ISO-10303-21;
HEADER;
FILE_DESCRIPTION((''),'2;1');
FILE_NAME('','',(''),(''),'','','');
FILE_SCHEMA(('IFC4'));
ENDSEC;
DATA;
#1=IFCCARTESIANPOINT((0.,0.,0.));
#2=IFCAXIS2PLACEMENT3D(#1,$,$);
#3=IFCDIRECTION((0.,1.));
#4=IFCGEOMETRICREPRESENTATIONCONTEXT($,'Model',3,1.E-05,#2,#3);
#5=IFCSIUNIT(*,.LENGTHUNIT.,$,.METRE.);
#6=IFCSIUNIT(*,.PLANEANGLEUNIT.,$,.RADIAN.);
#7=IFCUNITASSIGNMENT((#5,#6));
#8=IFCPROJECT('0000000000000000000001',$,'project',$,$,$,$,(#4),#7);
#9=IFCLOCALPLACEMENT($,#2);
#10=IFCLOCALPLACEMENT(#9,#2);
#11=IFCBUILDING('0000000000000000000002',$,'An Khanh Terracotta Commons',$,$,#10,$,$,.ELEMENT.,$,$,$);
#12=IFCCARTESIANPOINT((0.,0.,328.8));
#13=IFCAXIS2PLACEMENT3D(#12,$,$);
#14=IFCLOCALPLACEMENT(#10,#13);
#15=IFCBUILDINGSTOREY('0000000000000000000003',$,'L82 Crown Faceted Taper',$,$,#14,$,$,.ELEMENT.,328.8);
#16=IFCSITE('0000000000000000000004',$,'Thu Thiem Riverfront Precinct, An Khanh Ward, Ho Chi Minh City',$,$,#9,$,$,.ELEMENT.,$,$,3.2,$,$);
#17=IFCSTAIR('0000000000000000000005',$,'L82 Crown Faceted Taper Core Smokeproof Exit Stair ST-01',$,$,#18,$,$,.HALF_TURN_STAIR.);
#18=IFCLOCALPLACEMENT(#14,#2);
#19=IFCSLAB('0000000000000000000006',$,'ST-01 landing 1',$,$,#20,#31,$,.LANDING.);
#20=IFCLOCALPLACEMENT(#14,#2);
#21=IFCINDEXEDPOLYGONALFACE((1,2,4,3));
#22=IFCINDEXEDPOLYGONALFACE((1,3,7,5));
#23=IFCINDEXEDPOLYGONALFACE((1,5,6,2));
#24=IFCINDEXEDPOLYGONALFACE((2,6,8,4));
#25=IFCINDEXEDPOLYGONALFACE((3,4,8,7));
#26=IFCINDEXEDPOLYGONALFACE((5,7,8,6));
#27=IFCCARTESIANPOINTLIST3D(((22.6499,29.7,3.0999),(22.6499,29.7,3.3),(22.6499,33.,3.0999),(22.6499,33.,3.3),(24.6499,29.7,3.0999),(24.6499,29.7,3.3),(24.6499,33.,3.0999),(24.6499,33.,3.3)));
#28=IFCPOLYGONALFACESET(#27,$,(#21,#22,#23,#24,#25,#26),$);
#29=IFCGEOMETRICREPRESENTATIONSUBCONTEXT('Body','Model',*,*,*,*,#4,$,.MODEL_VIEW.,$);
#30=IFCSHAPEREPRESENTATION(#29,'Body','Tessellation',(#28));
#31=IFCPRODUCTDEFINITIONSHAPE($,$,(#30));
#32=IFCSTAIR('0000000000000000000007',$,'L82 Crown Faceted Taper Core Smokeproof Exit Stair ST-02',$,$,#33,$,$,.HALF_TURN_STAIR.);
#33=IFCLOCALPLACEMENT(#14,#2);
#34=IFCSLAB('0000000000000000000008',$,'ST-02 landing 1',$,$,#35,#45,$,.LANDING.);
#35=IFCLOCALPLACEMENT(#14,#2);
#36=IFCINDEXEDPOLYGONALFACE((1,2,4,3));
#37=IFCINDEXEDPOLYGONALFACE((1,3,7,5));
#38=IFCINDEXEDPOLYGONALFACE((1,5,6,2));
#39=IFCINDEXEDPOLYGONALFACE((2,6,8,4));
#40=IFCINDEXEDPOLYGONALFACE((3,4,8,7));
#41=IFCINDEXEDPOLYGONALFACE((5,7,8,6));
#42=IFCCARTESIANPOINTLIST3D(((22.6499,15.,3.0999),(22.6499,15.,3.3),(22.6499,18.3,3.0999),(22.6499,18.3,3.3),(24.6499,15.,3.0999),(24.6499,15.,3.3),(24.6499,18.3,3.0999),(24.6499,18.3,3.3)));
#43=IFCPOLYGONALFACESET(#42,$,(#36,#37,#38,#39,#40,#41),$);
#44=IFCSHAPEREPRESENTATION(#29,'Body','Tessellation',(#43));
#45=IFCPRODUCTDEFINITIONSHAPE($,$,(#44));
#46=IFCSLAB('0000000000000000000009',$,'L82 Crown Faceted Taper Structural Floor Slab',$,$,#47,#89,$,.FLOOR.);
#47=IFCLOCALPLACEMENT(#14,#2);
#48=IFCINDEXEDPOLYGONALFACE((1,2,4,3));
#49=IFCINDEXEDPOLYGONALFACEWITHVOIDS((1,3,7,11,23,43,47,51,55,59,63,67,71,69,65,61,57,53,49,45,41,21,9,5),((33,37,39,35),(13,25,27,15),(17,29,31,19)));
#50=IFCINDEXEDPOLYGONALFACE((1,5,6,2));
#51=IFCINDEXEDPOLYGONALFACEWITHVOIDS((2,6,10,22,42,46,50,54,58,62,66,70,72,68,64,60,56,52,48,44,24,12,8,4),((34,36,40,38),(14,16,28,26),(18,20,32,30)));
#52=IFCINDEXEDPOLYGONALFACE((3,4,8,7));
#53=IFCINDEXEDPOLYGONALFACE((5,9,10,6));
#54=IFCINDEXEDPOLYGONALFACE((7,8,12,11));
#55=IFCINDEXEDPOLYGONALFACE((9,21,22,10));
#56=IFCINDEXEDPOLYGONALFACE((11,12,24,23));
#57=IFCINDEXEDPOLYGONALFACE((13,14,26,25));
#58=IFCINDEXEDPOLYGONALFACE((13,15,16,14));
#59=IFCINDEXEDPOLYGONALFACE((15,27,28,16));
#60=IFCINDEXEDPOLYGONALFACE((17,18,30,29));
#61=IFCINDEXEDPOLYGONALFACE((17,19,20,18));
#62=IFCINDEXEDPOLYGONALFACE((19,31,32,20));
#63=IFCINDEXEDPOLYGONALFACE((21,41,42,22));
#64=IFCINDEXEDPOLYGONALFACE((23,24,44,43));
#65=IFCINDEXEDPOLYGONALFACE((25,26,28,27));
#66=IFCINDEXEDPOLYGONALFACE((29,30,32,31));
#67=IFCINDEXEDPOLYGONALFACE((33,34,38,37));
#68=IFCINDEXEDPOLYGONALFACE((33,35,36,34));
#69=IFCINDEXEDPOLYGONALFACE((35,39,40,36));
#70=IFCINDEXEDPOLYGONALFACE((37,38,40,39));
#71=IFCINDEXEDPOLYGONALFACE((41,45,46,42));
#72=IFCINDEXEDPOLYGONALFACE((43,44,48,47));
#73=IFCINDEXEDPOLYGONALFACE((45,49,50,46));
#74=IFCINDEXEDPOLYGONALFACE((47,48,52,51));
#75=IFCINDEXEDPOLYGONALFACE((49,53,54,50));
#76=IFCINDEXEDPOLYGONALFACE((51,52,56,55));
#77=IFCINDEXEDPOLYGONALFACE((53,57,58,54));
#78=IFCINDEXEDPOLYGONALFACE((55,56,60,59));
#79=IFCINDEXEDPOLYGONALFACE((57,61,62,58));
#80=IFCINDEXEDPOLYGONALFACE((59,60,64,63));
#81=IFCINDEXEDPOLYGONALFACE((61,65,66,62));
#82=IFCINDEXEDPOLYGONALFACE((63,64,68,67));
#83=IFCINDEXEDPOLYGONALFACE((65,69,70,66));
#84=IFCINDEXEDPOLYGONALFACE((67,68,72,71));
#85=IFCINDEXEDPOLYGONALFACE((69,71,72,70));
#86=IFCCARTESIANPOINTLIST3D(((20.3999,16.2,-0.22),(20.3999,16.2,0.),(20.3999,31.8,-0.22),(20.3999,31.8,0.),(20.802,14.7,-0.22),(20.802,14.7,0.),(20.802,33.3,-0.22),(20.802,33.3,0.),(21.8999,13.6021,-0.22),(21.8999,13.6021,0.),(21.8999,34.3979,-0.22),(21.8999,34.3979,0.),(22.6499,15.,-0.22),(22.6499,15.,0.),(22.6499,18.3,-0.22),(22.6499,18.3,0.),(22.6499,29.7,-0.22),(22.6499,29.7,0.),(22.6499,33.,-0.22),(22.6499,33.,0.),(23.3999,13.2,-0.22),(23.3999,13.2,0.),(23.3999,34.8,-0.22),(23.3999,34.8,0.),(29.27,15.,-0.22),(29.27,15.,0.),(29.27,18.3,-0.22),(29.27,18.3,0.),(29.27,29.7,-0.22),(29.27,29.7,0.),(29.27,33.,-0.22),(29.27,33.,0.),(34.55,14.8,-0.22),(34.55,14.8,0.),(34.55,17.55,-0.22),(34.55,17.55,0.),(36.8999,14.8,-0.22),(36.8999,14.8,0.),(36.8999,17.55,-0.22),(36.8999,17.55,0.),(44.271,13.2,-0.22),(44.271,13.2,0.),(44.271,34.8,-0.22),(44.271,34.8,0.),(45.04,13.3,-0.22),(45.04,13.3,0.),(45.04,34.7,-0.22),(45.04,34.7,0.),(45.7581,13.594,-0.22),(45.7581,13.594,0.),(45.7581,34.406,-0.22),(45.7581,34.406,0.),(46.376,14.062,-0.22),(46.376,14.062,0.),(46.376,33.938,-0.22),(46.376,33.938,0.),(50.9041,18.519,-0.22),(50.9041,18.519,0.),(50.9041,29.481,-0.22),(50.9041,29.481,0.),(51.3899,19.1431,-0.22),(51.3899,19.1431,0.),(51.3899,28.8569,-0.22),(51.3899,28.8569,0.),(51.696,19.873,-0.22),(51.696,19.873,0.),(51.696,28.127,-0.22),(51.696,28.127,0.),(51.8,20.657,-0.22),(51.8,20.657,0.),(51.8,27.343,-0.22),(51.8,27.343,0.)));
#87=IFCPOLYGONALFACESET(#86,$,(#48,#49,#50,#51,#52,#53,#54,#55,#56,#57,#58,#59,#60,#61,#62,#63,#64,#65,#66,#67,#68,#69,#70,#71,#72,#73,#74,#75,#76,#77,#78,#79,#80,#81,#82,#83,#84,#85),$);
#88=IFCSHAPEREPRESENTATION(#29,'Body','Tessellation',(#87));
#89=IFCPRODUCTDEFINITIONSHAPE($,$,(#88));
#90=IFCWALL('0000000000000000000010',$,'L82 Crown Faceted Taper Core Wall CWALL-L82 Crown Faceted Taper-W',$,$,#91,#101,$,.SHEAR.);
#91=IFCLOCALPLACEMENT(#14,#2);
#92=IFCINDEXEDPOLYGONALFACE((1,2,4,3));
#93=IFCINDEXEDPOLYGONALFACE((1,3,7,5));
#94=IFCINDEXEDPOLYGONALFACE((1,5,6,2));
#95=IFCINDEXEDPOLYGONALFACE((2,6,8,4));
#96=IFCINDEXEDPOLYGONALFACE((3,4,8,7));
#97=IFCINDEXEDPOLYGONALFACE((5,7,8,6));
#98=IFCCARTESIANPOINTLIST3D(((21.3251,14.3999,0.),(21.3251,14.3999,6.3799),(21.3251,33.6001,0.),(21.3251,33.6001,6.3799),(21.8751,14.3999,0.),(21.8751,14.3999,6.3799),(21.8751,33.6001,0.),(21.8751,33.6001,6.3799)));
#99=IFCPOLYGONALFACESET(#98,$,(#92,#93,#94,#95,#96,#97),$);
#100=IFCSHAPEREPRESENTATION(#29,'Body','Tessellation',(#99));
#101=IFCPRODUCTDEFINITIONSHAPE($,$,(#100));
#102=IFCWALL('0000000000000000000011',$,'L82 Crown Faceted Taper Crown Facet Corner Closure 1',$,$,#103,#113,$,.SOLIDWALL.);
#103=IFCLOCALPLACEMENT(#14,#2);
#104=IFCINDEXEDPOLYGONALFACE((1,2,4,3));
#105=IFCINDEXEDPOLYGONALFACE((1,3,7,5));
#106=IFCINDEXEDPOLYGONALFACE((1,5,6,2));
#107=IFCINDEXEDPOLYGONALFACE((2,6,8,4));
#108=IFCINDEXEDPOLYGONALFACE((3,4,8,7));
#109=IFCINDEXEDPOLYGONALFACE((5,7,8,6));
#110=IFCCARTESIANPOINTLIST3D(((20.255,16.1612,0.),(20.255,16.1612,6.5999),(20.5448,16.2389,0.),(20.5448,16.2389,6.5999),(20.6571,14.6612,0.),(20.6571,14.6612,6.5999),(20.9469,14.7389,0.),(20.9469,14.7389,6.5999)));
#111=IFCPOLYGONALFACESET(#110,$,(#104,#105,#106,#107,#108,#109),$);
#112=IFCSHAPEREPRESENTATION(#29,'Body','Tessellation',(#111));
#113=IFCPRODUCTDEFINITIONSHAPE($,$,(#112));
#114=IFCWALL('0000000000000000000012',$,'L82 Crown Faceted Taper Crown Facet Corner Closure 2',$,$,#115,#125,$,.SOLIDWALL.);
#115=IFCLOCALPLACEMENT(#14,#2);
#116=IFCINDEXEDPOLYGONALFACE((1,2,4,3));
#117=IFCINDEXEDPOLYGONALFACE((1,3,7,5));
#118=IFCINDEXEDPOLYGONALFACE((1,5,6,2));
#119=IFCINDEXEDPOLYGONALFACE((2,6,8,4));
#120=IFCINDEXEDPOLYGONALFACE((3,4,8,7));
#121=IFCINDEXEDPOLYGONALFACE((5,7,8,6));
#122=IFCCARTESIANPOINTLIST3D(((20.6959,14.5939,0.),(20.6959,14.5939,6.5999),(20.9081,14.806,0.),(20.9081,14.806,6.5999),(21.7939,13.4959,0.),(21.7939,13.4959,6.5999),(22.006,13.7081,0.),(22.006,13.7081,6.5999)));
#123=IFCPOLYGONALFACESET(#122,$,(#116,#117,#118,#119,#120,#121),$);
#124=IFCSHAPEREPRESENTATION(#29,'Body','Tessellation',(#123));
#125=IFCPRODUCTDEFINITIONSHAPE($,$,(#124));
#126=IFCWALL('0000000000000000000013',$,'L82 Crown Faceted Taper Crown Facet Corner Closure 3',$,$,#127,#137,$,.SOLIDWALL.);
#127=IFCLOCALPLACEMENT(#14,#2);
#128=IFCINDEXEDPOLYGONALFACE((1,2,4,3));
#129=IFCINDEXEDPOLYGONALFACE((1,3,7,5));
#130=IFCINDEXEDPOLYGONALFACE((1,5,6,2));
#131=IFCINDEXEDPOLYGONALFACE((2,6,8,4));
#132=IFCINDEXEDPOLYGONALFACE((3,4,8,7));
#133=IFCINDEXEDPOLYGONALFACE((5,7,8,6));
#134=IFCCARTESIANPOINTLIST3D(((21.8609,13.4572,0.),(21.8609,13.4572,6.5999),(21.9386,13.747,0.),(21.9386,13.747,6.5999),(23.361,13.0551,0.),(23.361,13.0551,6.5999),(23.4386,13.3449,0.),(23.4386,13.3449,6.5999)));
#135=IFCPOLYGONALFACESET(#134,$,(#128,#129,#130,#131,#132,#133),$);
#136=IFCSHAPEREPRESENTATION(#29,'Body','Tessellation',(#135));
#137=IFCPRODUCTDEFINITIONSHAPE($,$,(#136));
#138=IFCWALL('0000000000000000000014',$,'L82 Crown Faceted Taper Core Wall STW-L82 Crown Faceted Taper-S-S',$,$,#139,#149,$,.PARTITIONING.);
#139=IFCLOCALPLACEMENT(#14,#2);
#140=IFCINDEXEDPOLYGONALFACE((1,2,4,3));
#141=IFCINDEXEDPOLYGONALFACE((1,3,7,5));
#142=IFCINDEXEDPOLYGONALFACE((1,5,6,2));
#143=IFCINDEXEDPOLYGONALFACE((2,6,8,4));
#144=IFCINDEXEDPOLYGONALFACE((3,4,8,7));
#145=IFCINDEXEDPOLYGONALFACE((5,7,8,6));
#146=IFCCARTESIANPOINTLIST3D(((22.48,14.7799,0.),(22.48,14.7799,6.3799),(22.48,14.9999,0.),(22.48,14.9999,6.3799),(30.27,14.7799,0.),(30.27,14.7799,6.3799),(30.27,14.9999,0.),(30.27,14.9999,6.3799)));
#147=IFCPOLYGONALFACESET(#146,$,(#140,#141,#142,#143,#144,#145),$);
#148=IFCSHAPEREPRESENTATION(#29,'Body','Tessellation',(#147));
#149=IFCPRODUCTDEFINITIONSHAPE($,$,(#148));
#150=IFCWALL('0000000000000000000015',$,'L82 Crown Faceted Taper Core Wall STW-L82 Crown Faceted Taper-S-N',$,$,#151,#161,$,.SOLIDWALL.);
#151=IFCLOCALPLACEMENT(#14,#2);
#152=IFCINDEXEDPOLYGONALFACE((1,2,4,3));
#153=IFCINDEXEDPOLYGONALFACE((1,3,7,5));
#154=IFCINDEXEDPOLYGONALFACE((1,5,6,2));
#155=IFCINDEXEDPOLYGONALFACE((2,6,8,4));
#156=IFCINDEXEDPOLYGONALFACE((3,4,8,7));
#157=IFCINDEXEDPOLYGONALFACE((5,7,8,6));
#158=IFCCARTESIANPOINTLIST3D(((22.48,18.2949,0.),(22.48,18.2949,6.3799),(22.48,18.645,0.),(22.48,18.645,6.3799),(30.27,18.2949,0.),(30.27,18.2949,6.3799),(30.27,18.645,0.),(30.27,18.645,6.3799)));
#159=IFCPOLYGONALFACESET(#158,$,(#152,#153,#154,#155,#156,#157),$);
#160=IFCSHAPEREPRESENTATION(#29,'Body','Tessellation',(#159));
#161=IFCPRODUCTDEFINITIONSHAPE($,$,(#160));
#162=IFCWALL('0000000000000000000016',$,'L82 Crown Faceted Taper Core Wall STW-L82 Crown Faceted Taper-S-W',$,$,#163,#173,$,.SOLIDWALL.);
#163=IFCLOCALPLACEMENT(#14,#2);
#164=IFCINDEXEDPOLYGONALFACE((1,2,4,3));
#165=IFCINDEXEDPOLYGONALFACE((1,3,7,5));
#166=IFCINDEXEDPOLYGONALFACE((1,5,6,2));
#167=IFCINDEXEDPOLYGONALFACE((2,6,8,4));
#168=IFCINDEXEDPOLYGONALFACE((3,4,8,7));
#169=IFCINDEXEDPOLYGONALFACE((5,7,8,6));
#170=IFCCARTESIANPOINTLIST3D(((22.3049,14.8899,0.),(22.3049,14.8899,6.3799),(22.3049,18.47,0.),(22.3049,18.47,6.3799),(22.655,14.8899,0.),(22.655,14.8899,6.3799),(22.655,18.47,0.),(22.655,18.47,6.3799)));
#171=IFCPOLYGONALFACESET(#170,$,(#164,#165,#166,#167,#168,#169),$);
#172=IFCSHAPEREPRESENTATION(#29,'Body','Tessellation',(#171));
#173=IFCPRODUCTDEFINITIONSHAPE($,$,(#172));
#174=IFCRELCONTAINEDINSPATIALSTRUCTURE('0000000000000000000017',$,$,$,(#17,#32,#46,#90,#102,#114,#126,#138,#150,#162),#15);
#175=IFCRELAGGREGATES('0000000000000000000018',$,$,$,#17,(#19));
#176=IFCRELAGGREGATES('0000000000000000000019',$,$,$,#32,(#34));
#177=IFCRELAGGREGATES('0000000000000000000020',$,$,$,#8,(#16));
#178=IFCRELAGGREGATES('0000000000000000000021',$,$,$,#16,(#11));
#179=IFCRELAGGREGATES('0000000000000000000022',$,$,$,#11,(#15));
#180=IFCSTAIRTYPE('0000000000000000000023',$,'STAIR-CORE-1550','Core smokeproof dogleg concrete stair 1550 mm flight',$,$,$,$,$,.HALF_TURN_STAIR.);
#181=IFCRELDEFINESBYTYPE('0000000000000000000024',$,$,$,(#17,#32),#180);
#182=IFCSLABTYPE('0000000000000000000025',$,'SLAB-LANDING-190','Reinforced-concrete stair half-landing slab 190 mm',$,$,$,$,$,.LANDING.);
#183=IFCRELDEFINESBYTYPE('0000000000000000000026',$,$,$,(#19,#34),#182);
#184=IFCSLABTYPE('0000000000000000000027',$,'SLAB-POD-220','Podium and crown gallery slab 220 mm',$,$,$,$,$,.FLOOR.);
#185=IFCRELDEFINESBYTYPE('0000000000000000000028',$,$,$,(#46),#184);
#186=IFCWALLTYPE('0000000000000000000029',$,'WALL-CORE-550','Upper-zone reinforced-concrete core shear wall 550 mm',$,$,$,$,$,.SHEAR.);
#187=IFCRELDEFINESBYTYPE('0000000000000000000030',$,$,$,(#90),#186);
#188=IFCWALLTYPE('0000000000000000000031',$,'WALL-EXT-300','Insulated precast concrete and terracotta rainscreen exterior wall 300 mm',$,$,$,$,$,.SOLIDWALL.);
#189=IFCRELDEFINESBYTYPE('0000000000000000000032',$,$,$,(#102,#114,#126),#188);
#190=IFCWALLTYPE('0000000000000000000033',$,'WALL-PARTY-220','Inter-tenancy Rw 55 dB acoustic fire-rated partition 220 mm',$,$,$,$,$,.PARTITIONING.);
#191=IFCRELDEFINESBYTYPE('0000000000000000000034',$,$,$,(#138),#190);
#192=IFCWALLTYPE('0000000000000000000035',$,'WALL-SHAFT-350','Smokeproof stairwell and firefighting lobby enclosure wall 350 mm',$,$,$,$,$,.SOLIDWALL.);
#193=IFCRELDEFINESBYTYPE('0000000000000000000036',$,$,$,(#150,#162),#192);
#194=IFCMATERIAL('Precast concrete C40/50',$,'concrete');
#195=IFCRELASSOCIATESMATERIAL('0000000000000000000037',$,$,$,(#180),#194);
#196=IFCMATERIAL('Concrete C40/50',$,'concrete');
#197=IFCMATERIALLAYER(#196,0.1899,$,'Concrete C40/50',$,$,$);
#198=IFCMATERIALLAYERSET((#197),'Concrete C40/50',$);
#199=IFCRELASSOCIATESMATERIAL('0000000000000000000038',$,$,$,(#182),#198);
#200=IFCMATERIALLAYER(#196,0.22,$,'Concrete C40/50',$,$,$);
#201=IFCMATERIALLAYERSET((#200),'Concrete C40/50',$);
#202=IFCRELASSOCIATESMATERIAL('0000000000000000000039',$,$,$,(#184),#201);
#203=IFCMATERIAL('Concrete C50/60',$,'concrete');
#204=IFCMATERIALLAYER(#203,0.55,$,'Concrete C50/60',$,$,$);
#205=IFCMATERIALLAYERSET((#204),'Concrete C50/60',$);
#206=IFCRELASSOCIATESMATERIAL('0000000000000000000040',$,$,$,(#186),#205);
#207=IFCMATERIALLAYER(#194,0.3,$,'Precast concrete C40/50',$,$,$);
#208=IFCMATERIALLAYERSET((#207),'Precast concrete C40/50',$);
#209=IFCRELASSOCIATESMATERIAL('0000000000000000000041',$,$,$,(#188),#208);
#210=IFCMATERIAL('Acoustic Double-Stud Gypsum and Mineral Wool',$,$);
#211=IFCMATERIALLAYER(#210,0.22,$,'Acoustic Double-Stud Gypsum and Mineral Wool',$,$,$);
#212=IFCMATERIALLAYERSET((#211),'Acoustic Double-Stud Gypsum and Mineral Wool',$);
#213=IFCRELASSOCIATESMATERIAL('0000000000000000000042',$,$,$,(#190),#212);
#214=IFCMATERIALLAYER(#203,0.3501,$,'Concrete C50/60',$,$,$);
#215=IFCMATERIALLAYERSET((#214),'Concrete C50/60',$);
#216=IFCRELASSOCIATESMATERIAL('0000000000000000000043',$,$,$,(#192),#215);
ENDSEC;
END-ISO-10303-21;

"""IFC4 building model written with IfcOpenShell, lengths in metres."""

from ifc_helpers import new_model, si_unit, direction, frame, frame_2d, origin, place, context, subcontext, project, spatial, polyline, rectangle, outline, extrude, material, layer, layer_set, type_object, element, aggregate, save


model = new_model("IFC4")

# Units and contexts
model_context = context("Model", 3, precision=1e-05, world=origin(), true_north=direction((0.0, 1.0)))
body_context = subcontext(model_context, "Body", "Model", "MODEL_VIEW")
ifc_project = project(units=[si_unit("LENGTHUNIT", "METRE"), si_unit("PLANEANGLEUNIT", "RADIAN")], contexts=[model_context])

# Site, building, storey
site_placement = place(None, origin())
site = spatial("IfcSite", under=ifc_project, at=site_placement, Name="Thu Thiem Riverfront Precinct, An Khanh Ward, Ho Chi Minh City", CompositionType="ELEMENT", RefElevation=3.2)
building_placement = place(site_placement, origin())
building = spatial("IfcBuilding", under=site, at=building_placement, Name="An Khanh Terracotta Commons", CompositionType="ELEMENT")
storey_placement = place(building_placement, frame((0.0, 0.0, 328.8)))
storey = spatial("IfcBuildingStorey", under=building, at=storey_placement, Name="L82 Crown Faceted Taper", CompositionType="ELEMENT", Elevation=328.8)

# Shared definitions
ifc_material_1 = material(Name="Concrete C50/60", Category="concrete")

# Stairs, slabs
ifc_material_2 = material(Name="Precast concrete C40/50", Category="concrete")
stair_type = type_object("IfcStairType", Name="STAIR-CORE-1550", Description="Core smokeproof dogleg concrete stair 1550 mm flight", PredefinedType="HALF_TURN_STAIR", material=ifc_material_2)
stair_1_placement = place(storey_placement, origin())
stair_1 = element("IfcStair", 1, at=stair_1_placement, inside=storey, type_object=stair_type, Name="L82 Crown Faceted Taper Core Smokeproof Exit Stair ST-01", PredefinedType="HALF_TURN_STAIR")
ifc_material_3 = material(Name="Concrete C40/50", Category="concrete")
ifc_layer_1 = layer(ifc_material_3, 0.1899, Name="Concrete C40/50")
ifc_layer_set_1 = layer_set([ifc_layer_1], Name="Concrete C40/50")
slab_type_1 = type_object("IfcSlabType", Name="SLAB-LANDING-190", Description="Reinforced-concrete stair half-landing slab 190 mm", PredefinedType="LANDING", material=ifc_layer_set_1)
slab_1_placement = place(storey_placement, frame((0.0, 0.0, 3.0999)))
slab_1 = element("IfcSlab", 2, at=slab_1_placement, type_object=slab_type_1, Name="ST-01 landing 1", PredefinedType="LANDING", context=body_context, shape_type="SweptSolid", body=[
    extrude(outline(polyline([(24.6499, 33.0), (22.6499, 33.0), (22.6499, 29.7), (24.6499, 29.7), (24.6499, 33.0)])), origin(), (0.0, 0.0, 1.0), 0.2002),
])
aggregate(stair_1, [slab_1])
stair_2_placement = place(storey_placement, origin())
stair_2 = element("IfcStair", 3, at=stair_2_placement, inside=storey, type_object=stair_type, Name="L82 Crown Faceted Taper Core Smokeproof Exit Stair ST-02", PredefinedType="HALF_TURN_STAIR")
slab_2_placement = place(storey_placement, frame((0.0, 0.0, 3.0999)))
slab_2 = element("IfcSlab", 4, at=slab_2_placement, type_object=slab_type_1, Name="ST-02 landing 1", PredefinedType="LANDING", context=body_context, shape_type="SweptSolid", body=[
    extrude(outline(polyline([(24.6499, 18.3), (22.6499, 18.3), (22.6499, 15.0), (24.6499, 15.0), (24.6499, 18.3)])), origin(), (0.0, 0.0, 1.0), 0.2002),
])

# Slab
ifc_layer_2 = layer(ifc_material_3, 0.22, Name="Concrete C40/50")
ifc_layer_set_2 = layer_set([ifc_layer_2], Name="Concrete C40/50")
slab_type_2 = type_object("IfcSlabType", Name="SLAB-POD-220", Description="Podium and crown gallery slab 220 mm", PredefinedType="FLOOR", material=ifc_layer_set_2)
slab_3_placement = place(storey_placement, frame((0.0, 0.0, -0.22)))
element("IfcSlab", 5, at=slab_3_placement, inside=storey, type_object=slab_type_2, Name="L82 Crown Faceted Taper Structural Floor Slab", PredefinedType="FLOOR", context=body_context, shape_type="SweptSolid", body=[
    extrude(outline(polyline([(20.3999, 16.2), (20.802, 14.7), (21.8999, 13.6021), (23.3999, 13.2), (44.271, 13.2), (45.04, 13.3), (45.7581, 13.594), (46.376, 14.062), (50.9041, 18.519), (51.3899, 19.1431), (51.696, 19.873), (51.8, 20.657), (51.8, 27.343), (51.696, 28.127), (51.3899, 28.8569), (50.9041, 29.481), (46.376, 33.938), (45.7581, 34.406), (45.04, 34.7), (44.271, 34.8), (23.3999, 34.8), (21.8999, 34.3979), (20.802, 33.3), (20.3999, 31.8), (20.3999, 16.2)]), holes=[polyline([(22.6499, 29.7), (29.27, 29.7), (29.27, 33.0), (22.6499, 33.0), (22.6499, 29.7)]), polyline([(22.6499, 15.0), (29.27, 15.0), (29.27, 18.3), (22.6499, 18.3), (22.6499, 15.0)]), polyline([(34.55, 14.8), (36.8999, 14.8), (36.8999, 17.55), (34.55, 17.55), (34.55, 14.8)])]), origin(), (0.0, 0.0, 1.0), 0.22),
])

# Walls
ifc_layer_3 = layer(ifc_material_1, 0.55, Name="Concrete C50/60")
ifc_layer_set_3 = layer_set([ifc_layer_3], Name="Concrete C50/60")
wall_type_1 = type_object("IfcWallType", Name="WALL-CORE-550", Description="Upper-zone reinforced-concrete core shear wall 550 mm", PredefinedType="SHEAR", material=ifc_layer_set_3)
wall_1_placement = place(storey_placement, frame((21.6001, 14.3999, 0.0), z_axis=(0.0, 0.0, 1.0), x_axis=(0.0, 1.0, 0.0)))
element("IfcWall", 6, at=wall_1_placement, inside=storey, type_object=wall_type_1, Name="L82 Crown Faceted Taper Core Wall CWALL-L82 Crown Faceted Taper-W", PredefinedType="SHEAR", context=body_context, shape_type="SweptSolid", body=[
    extrude(rectangle(XDim=19.2002, YDim=0.55, at=frame_2d((9.6001, 0.0))), origin(), (0.0, 0.0, 1.0), 6.3799),
])
ifc_layer_4 = layer(ifc_material_2, 0.3, Name="Precast concrete C40/50")
ifc_layer_set_4 = layer_set([ifc_layer_4], Name="Precast concrete C40/50")
wall_type_2 = type_object("IfcWallType", Name="WALL-EXT-300", Description="Insulated precast concrete and terracotta rainscreen exterior wall 300 mm", PredefinedType="SOLIDWALL", material=ifc_layer_set_4)
wall_2_placement = place(storey_placement, frame((20.3999, 16.2, 0.0), z_axis=(0.0, 0.0, 1.0), x_axis=(0.258925, -0.965898, 0.0)))
element("IfcWall", 7, at=wall_2_placement, inside=storey, type_object=wall_type_2, Name="L82 Crown Faceted Taper Crown Facet Corner Closure 1", PredefinedType="SOLIDWALL", context=body_context, shape_type="SweptSolid", body=[
    extrude(rectangle(XDim=1.553, YDim=0.3, at=frame_2d((0.7764, 0.0))), origin(), (0.0, 0.0, 1.0), 6.5999),
])
wall_3_placement = place(storey_placement, frame((20.802, 14.7, 0.0), z_axis=(0.0, 0.0, 1.0), x_axis=(0.707107, -0.707107, 0.0)))
element("IfcWall", 8, at=wall_3_placement, inside=storey, type_object=wall_type_2, Name="L82 Crown Faceted Taper Crown Facet Corner Closure 2", PredefinedType="SOLIDWALL", context=body_context, shape_type="SweptSolid", body=[
    extrude(rectangle(XDim=1.5527, YDim=0.3, at=frame_2d((0.7764, 0.0))), origin(), (0.0, 0.0, 1.0), 6.5999),
])
wall_4_placement = place(storey_placement, frame((21.8999, 13.6021, 0.0), z_axis=(0.0, 0.0, 1.0), x_axis=(0.965898, -0.258925, 0.0)))
element("IfcWall", 9, at=wall_4_placement, inside=storey, type_object=wall_type_2, Name="L82 Crown Faceted Taper Crown Facet Corner Closure 3", PredefinedType="SOLIDWALL", context=body_context, shape_type="SweptSolid", body=[
    extrude(rectangle(XDim=1.553, YDim=0.3, at=frame_2d((0.7764, 0.0))), origin(), (0.0, 0.0, 1.0), 6.5999),
])
ifc_material_4 = material(Name="Acoustic Double-Stud Gypsum and Mineral Wool")
ifc_layer_5 = layer(ifc_material_4, 0.22, Name="Acoustic Double-Stud Gypsum and Mineral Wool")
ifc_layer_set_5 = layer_set([ifc_layer_5], Name="Acoustic Double-Stud Gypsum and Mineral Wool")
wall_type_3 = type_object("IfcWallType", Name="WALL-PARTY-220", Description="Inter-tenancy Rw 55 dB acoustic fire-rated partition 220 mm", PredefinedType="PARTITIONING", material=ifc_layer_set_5)
wall_5_placement = place(storey_placement, frame((22.48, 14.8899, 0.0), z_axis=(0.0, 0.0, 1.0), x_axis=(1.0, 0.0, 0.0)))
element("IfcWall", 10, at=wall_5_placement, inside=storey, type_object=wall_type_3, Name="L82 Crown Faceted Taper Core Wall STW-L82 Crown Faceted Taper-S-S", PredefinedType="PARTITIONING", context=body_context, shape_type="SweptSolid", body=[
    extrude(rectangle(XDim=7.79, YDim=0.22, at=frame_2d((3.895, 0.0))), origin(), (0.0, 0.0, 1.0), 6.3799),
])
ifc_layer_6 = layer(ifc_material_1, 0.3501, Name="Concrete C50/60")
ifc_layer_set_6 = layer_set([ifc_layer_6], Name="Concrete C50/60")
wall_type_4 = type_object("IfcWallType", Name="WALL-SHAFT-350", Description="Smokeproof stairwell and firefighting lobby enclosure wall 350 mm", PredefinedType="SOLIDWALL", material=ifc_layer_set_6)
wall_6_placement = place(storey_placement, frame((22.48, 18.47, 0.0), z_axis=(0.0, 0.0, 1.0), x_axis=(1.0, 0.0, 0.0)))
element("IfcWall", 11, at=wall_6_placement, inside=storey, type_object=wall_type_4, Name="L82 Crown Faceted Taper Core Wall STW-L82 Crown Faceted Taper-S-N", PredefinedType="SOLIDWALL", context=body_context, shape_type="SweptSolid", body=[
    extrude(rectangle(XDim=7.79, YDim=0.3501, at=frame_2d((3.895, 0.0))), origin(), (0.0, 0.0, 1.0), 6.3799),
])
wall_7_placement = place(storey_placement, frame((22.48, 14.8899, 0.0), z_axis=(0.0, 0.0, 1.0), x_axis=(0.0, 1.0, 0.0)))
element("IfcWall", 12, at=wall_7_placement, inside=storey, type_object=wall_type_4, Name="L82 Crown Faceted Taper Core Wall STW-L82 Crown Faceted Taper-S-W", PredefinedType="SOLIDWALL", context=body_context, shape_type="SweptSolid", body=[
    extrude(rectangle(XDim=3.5801, YDim=0.3501, at=frame_2d((1.79, 0.0))), origin(), (0.0, 0.0, 1.0), 6.3799),
])

aggregate(stair_2, [slab_2])

save(model, "model.ifc")
